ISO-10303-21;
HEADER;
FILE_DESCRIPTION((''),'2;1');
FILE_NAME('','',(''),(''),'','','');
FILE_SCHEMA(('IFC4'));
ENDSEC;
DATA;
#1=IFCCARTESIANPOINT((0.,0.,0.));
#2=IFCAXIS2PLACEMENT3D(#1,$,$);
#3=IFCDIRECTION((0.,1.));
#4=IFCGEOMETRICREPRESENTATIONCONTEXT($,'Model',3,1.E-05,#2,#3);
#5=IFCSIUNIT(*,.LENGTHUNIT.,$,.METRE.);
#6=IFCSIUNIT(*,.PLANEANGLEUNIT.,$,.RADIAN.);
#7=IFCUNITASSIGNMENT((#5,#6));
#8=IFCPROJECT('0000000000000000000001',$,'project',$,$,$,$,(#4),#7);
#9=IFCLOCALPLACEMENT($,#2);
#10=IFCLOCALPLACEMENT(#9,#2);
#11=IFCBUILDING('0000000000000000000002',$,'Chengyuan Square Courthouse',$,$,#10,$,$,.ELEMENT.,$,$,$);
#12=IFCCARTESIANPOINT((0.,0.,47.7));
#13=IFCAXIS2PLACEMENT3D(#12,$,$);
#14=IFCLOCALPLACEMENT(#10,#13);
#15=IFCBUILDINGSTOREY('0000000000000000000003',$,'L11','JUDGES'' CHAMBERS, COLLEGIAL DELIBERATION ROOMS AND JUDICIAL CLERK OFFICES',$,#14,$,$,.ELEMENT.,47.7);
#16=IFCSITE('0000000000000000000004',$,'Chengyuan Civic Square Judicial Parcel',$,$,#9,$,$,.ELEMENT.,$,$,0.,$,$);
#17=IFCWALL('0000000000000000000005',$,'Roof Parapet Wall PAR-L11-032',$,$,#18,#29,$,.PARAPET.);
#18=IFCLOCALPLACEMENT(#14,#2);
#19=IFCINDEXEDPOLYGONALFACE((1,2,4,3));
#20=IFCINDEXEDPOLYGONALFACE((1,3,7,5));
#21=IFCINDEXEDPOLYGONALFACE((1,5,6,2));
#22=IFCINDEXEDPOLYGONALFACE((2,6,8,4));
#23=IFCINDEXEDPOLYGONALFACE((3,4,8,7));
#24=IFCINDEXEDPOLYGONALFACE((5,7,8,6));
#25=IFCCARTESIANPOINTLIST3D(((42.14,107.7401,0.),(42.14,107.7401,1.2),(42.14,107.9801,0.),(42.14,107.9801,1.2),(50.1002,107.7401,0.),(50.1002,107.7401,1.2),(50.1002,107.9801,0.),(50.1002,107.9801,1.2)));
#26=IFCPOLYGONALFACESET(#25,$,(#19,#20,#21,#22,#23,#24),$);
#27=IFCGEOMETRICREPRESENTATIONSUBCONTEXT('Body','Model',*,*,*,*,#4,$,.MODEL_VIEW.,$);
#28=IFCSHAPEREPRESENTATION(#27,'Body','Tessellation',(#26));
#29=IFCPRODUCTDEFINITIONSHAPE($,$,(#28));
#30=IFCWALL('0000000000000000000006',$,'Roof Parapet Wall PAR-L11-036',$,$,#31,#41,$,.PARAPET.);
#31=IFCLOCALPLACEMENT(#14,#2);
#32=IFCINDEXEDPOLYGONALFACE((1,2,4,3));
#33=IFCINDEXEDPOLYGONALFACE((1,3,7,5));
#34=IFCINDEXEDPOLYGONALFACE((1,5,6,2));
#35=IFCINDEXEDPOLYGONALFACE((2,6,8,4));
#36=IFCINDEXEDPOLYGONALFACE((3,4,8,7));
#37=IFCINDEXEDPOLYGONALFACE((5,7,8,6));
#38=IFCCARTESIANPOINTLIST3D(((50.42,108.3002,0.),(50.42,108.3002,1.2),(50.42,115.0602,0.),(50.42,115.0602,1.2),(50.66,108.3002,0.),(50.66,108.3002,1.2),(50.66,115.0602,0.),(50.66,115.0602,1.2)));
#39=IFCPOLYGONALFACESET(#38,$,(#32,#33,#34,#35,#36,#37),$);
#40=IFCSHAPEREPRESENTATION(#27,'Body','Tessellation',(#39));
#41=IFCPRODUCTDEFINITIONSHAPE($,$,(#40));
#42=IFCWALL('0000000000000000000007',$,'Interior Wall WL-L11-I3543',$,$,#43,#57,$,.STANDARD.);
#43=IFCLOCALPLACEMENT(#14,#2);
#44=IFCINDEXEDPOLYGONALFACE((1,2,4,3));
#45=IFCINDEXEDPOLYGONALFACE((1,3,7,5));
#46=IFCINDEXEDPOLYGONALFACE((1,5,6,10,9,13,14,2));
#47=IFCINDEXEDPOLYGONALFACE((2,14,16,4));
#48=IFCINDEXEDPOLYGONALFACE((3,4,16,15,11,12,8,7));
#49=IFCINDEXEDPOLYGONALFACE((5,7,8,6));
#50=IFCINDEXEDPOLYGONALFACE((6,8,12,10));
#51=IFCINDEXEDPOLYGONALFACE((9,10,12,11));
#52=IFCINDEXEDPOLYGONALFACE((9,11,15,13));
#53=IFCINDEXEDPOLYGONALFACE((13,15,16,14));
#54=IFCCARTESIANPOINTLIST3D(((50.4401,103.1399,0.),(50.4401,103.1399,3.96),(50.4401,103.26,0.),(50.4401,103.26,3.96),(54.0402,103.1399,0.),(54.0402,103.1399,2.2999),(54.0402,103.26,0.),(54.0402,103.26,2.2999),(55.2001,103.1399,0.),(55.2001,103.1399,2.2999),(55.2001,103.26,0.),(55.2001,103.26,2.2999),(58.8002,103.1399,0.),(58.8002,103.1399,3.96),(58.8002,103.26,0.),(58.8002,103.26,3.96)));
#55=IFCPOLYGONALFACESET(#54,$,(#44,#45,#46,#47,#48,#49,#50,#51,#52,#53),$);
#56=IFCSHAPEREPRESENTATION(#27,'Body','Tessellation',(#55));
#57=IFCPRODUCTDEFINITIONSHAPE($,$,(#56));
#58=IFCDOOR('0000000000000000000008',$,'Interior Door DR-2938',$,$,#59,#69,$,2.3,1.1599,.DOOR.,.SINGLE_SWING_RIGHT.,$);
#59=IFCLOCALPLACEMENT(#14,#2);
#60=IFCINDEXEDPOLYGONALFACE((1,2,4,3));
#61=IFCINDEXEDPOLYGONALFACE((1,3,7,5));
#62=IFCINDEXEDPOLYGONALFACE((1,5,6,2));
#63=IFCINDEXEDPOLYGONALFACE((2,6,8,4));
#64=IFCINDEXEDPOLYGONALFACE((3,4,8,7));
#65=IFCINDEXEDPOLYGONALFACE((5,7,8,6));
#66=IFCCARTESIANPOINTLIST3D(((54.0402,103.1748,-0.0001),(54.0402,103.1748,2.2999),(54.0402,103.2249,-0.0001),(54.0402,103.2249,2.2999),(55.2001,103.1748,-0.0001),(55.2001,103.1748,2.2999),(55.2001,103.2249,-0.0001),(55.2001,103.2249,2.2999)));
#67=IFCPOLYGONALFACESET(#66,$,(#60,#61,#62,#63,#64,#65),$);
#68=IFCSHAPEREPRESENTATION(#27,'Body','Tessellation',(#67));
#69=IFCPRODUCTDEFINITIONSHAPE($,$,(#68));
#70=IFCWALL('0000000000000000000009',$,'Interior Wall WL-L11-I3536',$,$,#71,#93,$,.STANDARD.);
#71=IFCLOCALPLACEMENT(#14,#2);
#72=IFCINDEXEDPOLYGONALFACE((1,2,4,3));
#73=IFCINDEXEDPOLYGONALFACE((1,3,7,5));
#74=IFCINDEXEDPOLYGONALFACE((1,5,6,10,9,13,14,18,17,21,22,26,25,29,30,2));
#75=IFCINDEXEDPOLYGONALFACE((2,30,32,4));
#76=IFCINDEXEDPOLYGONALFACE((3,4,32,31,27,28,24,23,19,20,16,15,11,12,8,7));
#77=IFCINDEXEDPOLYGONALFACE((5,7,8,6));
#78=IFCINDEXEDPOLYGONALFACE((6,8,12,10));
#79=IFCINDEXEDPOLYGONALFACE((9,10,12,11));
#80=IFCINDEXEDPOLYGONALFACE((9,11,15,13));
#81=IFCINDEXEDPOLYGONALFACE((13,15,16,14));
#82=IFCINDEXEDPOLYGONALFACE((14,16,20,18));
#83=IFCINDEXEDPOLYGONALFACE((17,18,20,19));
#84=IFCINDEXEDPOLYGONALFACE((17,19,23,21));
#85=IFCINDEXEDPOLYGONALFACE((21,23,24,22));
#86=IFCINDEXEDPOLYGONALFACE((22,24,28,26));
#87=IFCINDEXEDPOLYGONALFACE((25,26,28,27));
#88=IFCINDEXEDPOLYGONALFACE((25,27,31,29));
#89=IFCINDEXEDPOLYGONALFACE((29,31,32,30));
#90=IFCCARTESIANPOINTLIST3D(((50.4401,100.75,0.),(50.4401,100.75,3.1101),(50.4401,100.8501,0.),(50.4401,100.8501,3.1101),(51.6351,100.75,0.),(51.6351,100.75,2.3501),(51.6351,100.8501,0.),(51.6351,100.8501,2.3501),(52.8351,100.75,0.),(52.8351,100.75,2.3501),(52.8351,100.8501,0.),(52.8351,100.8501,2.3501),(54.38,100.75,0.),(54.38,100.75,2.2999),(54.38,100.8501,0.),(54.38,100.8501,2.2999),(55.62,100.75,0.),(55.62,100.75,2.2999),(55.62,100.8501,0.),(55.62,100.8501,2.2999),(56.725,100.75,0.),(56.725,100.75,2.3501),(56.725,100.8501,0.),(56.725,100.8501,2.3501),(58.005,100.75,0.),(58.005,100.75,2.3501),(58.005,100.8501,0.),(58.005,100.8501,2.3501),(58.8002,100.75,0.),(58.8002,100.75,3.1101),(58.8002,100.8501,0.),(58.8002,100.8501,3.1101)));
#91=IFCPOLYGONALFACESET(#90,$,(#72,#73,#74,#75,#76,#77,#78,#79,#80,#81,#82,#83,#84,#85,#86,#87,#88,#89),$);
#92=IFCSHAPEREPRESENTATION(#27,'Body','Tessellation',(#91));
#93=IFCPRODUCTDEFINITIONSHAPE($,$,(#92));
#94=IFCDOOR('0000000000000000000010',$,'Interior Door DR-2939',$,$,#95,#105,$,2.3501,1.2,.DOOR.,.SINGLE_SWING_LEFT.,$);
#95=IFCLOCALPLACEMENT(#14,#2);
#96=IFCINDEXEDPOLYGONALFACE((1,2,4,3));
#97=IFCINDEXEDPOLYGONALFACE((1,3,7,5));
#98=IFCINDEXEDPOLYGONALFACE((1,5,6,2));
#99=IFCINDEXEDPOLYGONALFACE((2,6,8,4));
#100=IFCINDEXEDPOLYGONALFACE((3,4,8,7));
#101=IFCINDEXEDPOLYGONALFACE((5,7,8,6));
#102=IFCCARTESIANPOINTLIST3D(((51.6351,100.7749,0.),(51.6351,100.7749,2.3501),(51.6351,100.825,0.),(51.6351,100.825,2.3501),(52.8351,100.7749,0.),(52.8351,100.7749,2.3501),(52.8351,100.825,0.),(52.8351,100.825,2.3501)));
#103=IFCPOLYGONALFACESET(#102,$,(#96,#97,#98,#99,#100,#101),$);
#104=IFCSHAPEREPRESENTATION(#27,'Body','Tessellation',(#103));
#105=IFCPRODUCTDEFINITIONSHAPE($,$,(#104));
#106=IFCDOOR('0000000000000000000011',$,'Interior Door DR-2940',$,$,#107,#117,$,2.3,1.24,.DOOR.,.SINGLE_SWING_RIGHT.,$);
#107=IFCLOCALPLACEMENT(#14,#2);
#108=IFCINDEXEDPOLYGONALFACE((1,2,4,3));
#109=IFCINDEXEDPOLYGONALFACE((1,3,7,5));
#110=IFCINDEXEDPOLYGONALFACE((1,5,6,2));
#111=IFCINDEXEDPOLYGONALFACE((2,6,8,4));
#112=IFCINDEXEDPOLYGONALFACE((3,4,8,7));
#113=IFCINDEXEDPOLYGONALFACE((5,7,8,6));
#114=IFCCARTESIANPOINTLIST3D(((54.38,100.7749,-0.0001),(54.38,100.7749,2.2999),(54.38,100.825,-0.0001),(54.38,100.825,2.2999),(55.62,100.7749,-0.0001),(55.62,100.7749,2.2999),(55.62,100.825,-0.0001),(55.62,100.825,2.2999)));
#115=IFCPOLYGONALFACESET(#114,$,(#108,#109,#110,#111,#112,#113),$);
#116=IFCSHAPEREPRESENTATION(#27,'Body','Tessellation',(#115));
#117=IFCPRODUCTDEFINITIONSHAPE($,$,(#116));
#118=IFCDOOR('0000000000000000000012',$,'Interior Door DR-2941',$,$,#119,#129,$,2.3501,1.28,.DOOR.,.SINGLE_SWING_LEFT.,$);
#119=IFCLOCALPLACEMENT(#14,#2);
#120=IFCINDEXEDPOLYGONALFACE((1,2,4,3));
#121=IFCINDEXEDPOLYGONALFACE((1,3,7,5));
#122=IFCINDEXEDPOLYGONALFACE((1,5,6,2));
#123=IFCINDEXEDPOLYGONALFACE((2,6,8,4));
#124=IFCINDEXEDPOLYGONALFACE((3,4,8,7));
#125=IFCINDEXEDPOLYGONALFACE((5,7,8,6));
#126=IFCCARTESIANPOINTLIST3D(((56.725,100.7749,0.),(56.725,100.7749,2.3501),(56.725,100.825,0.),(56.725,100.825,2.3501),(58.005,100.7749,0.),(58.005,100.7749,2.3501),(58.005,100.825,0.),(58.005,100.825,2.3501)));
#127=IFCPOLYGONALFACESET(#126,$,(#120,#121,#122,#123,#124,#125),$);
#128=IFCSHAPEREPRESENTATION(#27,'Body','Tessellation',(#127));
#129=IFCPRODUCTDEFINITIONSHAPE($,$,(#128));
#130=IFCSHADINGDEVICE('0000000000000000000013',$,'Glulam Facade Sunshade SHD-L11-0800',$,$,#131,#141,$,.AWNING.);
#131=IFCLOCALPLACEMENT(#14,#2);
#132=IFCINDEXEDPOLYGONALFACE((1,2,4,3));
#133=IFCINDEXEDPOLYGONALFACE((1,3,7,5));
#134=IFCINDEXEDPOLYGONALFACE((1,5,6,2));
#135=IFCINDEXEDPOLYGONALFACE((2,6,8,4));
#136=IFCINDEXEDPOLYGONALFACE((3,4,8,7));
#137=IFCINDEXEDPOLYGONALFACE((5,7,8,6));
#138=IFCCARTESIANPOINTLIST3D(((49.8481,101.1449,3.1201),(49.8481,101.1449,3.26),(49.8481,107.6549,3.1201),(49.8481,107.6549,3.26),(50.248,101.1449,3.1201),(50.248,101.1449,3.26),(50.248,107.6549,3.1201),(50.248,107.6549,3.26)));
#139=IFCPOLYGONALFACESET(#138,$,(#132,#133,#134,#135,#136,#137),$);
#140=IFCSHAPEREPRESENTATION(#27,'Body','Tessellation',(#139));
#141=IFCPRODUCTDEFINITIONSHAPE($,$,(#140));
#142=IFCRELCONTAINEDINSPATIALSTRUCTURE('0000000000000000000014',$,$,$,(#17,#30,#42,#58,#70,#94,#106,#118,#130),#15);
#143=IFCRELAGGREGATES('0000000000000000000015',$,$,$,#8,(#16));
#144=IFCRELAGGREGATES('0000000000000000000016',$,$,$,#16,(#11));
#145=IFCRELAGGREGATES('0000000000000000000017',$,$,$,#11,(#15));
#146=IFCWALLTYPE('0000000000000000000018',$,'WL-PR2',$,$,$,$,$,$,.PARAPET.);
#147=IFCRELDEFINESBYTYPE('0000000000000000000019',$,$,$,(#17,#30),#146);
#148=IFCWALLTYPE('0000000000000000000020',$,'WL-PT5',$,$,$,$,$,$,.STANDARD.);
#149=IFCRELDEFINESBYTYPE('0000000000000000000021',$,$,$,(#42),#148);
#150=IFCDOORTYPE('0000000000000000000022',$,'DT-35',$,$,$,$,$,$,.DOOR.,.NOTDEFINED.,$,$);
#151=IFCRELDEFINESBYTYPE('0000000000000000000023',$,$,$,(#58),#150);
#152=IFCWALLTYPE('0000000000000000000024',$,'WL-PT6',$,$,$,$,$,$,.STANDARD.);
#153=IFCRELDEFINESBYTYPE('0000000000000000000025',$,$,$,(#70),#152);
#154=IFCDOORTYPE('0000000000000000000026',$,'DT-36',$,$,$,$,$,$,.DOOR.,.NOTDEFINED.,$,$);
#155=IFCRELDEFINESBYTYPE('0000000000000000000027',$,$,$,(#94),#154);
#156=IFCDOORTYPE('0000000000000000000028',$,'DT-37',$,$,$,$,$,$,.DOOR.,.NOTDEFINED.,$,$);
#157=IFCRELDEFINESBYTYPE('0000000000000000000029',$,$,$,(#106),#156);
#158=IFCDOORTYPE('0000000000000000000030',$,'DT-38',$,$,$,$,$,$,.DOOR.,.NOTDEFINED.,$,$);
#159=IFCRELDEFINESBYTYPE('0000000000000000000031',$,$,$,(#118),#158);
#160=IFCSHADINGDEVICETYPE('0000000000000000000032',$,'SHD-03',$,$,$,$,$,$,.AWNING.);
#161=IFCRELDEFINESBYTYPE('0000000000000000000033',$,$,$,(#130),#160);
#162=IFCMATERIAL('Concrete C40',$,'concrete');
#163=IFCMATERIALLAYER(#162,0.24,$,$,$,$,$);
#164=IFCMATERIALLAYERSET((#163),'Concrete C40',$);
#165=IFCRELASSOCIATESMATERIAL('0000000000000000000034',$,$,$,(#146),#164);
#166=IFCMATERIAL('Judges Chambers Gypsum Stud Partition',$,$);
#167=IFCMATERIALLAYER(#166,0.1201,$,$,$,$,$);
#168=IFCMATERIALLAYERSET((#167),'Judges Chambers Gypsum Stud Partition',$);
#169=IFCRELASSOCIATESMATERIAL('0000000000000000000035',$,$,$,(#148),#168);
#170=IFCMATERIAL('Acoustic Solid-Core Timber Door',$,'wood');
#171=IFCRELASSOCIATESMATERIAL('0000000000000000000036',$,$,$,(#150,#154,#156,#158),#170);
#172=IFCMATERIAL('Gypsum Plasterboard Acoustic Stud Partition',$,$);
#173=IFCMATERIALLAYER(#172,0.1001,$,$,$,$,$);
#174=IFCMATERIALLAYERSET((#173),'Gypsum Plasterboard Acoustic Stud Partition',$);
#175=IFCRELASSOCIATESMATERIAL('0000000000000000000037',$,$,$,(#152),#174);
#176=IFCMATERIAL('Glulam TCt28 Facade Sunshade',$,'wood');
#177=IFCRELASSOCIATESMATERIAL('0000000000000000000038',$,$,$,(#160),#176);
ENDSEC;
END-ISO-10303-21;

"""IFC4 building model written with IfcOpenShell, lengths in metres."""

from ifc_helpers import new_model, si_unit, direction, frame, frame_2d, origin, origin_2d, place, context, subcontext, project, spatial, rectangle, extrude, material, layer, layer_set, type_object, element, fill, save


model = new_model("IFC4")

# Units and contexts
model_context = context("Model", 3, precision=1e-05, world=origin(), true_north=direction((0.0, 1.0)))
body_context = subcontext(model_context, "Body", "Model", "MODEL_VIEW")
ifc_project = project(units=[si_unit("LENGTHUNIT", "METRE"), si_unit("PLANEANGLEUNIT", "RADIAN")], contexts=[model_context])

# Site, building, storey
site_placement = place(None, origin())
site = spatial("IfcSite", under=ifc_project, at=site_placement, Name="Chengyuan Civic Square Judicial Parcel", CompositionType="ELEMENT", RefElevation=0.0)
building_placement = place(site_placement, origin())
building = spatial("IfcBuilding", under=site, at=building_placement, Name="Chengyuan Square Courthouse", CompositionType="ELEMENT")
storey_placement = place(building_placement, frame((0.0, 0.0, 47.7)))
storey = spatial("IfcBuildingStorey", under=building, at=storey_placement, Name="L11", Description="JUDGES' CHAMBERS, COLLEGIAL DELIBERATION ROOMS AND JUDICIAL CLERK OFFICES", CompositionType="ELEMENT", Elevation=47.7)

# Shared definitions
ifc_material_1 = material(Name="Concrete C40", Category="concrete")

# Walls
ifc_layer_1 = layer(ifc_material_1, 0.24)
ifc_layer_set_1 = layer_set([ifc_layer_1], Name="Concrete C40")
wall_type_1 = type_object("IfcWallType", Name="WL-PR2", PredefinedType="PARAPET", material=ifc_layer_set_1)
wall_1_placement = place(storey_placement, frame((50.1001, 107.8601, 0.0), z_axis=(0.0, 0.0, 1.0), x_axis=(-1.0, 0.0, 0.0)))
element("IfcWall", 1, at=wall_1_placement, inside=storey, type_object=wall_type_1, Name="Roof Parapet Wall PAR-L11-032", PredefinedType="PARAPET", context=body_context, shape_type="SweptSolid", body=[
    extrude(rectangle(XDim=7.9602, YDim=0.24, at=frame_2d((3.98, 0.0))), origin(), (0.0, 0.0, 1.0), 1.2),
])
wall_2_placement = place(storey_placement, frame((50.54, 115.0601, 0.0), z_axis=(0.0, 0.0, 1.0), x_axis=(0.0, -1.0, 0.0)))
element("IfcWall", 2, at=wall_2_placement, inside=storey, type_object=wall_type_1, Name="Roof Parapet Wall PAR-L11-036", PredefinedType="PARAPET", context=body_context, shape_type="SweptSolid", body=[
    extrude(rectangle(XDim=6.76, YDim=0.24, at=frame_2d((3.3799, 0.0))), origin(), (0.0, 0.0, 1.0), 1.2),
])

# Wall, opening, door
ifc_material_2 = material(Name="Judges Chambers Gypsum Stud Partition")
ifc_layer_2 = layer(ifc_material_2, 0.1201)
ifc_layer_set_2 = layer_set([ifc_layer_2], Name="Judges Chambers Gypsum Stud Partition")
wall_type_2 = type_object("IfcWallType", Name="WL-PT5", PredefinedType="STANDARD", material=ifc_layer_set_2)
wall_3_placement = place(storey_placement, frame((50.4399, 103.2, 0.0), z_axis=(0.0, 0.0, 1.0), x_axis=(1.0, 0.0, 0.0)))
wall_3 = element("IfcWall", 3, at=wall_3_placement, inside=storey, type_object=wall_type_2, Name="Interior Wall WL-L11-I3543", PredefinedType="STANDARD", context=body_context, shape_type="SweptSolid", body=[
    extrude(rectangle(XDim=8.3601, YDim=0.1201, at=frame_2d((4.1802, 0.0))), origin(), (0.0, 0.0, 1.0), 3.96),
])
opening_1_placement = place(wall_3_placement, frame((3.6001, 0.0, 0.0)))
opening_1 = element("IfcOpeningElement", 4, at=opening_1_placement, cuts=wall_3, PredefinedType="OPENING", context=body_context, shape_type="SweptSolid", body=[
    extrude(rectangle(XDim=1.1599, YDim=2.3, at=frame_2d((0.5801, 1.1499))), frame((0.0, 0.072, 0.0), z_axis=(0.0, -1.0, 0.0), x_axis=(1.0, 0.0, 0.0)), (0.0, 0.0, 1.0), 0.144),
])
ifc_material_3 = material(Name="Acoustic Solid-Core Timber Door", Category="wood")
door_type_1 = type_object("IfcDoorType", Name="DT-35", OperationType="NOTDEFINED", PredefinedType="DOOR", material=ifc_material_3)
door_1_placement = place(opening_1_placement, origin())
door_1 = element("IfcDoor", 5, at=door_1_placement, inside=storey, type_object=door_type_1, Name="Interior Door DR-2938", OperationType="SINGLE_SWING_RIGHT", OverallHeight=2.3, OverallWidth=1.1599, PredefinedType="DOOR", context=body_context, shape_type="SweptSolid", body=[
    extrude(rectangle(XDim=1.1599, YDim=2.3, at=frame_2d((0.5801, 1.1499))), frame((0.0, 0.0249, 0.0), z_axis=(0.0, -1.0, 0.0), x_axis=(1.0, 0.0, 0.0)), (0.0, 0.0, 1.0), 0.05),
])
fill(opening_1, door_1)

# Wall, openings, doors
ifc_material_4 = material(Name="Gypsum Plasterboard Acoustic Stud Partition")
ifc_layer_3 = layer(ifc_material_4, 0.1001)
ifc_layer_set_3 = layer_set([ifc_layer_3], Name="Gypsum Plasterboard Acoustic Stud Partition")
wall_type_3 = type_object("IfcWallType", Name="WL-PT6", PredefinedType="STANDARD", material=ifc_layer_set_3)
wall_4_placement = place(storey_placement, frame((50.4399, 100.8, 0.0), z_axis=(0.0, 0.0, 1.0), x_axis=(1.0, 0.0, 0.0)))
wall_4 = element("IfcWall", 6, at=wall_4_placement, inside=storey, type_object=wall_type_3, Name="Interior Wall WL-L11-I3536", PredefinedType="STANDARD", context=body_context, shape_type="SweptSolid", body=[
    extrude(rectangle(XDim=8.3601, YDim=0.1001, at=frame_2d((4.1802, 0.0))), origin(), (0.0, 0.0, 1.0), 3.1101),
])
opening_2_placement = place(wall_4_placement, frame((1.1951, 0.0, 0.0)))
opening_2 = element("IfcOpeningElement", 7, at=opening_2_placement, cuts=wall_4, PredefinedType="OPENING", context=body_context, shape_type="SweptSolid", body=[
    extrude(rectangle(XDim=1.2, YDim=2.3501, at=frame_2d((0.6001, 1.175))), frame((0.0, 0.062, 0.0), z_axis=(0.0, -1.0, 0.0), x_axis=(1.0, 0.0, 0.0)), (0.0, 0.0, 1.0), 0.124),
])
opening_3_placement = place(wall_4_placement, frame((3.9399, 0.0, 0.0)))
opening_3 = element("IfcOpeningElement", 8, at=opening_3_placement, cuts=wall_4, PredefinedType="OPENING", context=body_context, shape_type="SweptSolid", body=[
    extrude(rectangle(XDim=1.24, YDim=2.3, at=frame_2d((0.6201, 1.1499))), frame((0.0, 0.062, 0.0), z_axis=(0.0, -1.0, 0.0), x_axis=(1.0, 0.0, 0.0)), (0.0, 0.0, 1.0), 0.124),
])
opening_4_placement = place(wall_4_placement, frame((6.2849, 0.0, 0.0)))
opening_4 = element("IfcOpeningElement", 9, at=opening_4_placement, cuts=wall_4, PredefinedType="OPENING", context=body_context, shape_type="SweptSolid", body=[
    extrude(rectangle(XDim=1.28, YDim=2.3501, at=frame_2d((0.6401, 1.175))), frame((0.0, 0.062, 0.0), z_axis=(0.0, -1.0, 0.0), x_axis=(1.0, 0.0, 0.0)), (0.0, 0.0, 1.0), 0.124),
])
door_type_2 = type_object("IfcDoorType", Name="DT-36", OperationType="NOTDEFINED", PredefinedType="DOOR", material=ifc_material_3)
door_2_placement = place(opening_2_placement, origin())
door_2 = element("IfcDoor", 10, at=door_2_placement, inside=storey, type_object=door_type_2, Name="Interior Door DR-2939", OperationType="SINGLE_SWING_LEFT", OverallHeight=2.3501, OverallWidth=1.2, PredefinedType="DOOR", context=body_context, shape_type="SweptSolid", body=[
    extrude(rectangle(XDim=1.2, YDim=2.3501, at=frame_2d((0.6001, 1.175))), frame((0.0, 0.0249, 0.0), z_axis=(0.0, -1.0, 0.0), x_axis=(1.0, 0.0, 0.0)), (0.0, 0.0, 1.0), 0.05),
])
fill(opening_2, door_2)
door_type_3 = type_object("IfcDoorType", Name="DT-37", OperationType="NOTDEFINED", PredefinedType="DOOR", material=ifc_material_3)
door_3_placement = place(opening_3_placement, origin())
door_3 = element("IfcDoor", 11, at=door_3_placement, inside=storey, type_object=door_type_3, Name="Interior Door DR-2940", OperationType="SINGLE_SWING_RIGHT", OverallHeight=2.3, OverallWidth=1.24, PredefinedType="DOOR", context=body_context, shape_type="SweptSolid", body=[
    extrude(rectangle(XDim=1.24, YDim=2.3, at=frame_2d((0.6201, 1.1499))), frame((0.0, 0.0249, 0.0), z_axis=(0.0, -1.0, 0.0), x_axis=(1.0, 0.0, 0.0)), (0.0, 0.0, 1.0), 0.05),
])
fill(opening_3, door_3)
door_type_4 = type_object("IfcDoorType", Name="DT-38", OperationType="NOTDEFINED", PredefinedType="DOOR", material=ifc_material_3)
door_4_placement = place(opening_4_placement, origin())
door_4 = element("IfcDoor", 12, at=door_4_placement, inside=storey, type_object=door_type_4, Name="Interior Door DR-2941", OperationType="SINGLE_SWING_LEFT", OverallHeight=2.3501, OverallWidth=1.28, PredefinedType="DOOR", context=body_context, shape_type="SweptSolid", body=[
    extrude(rectangle(XDim=1.28, YDim=2.3501, at=frame_2d((0.6401, 1.175))), frame((0.0, 0.0249, 0.0), z_axis=(0.0, -1.0, 0.0), x_axis=(1.0, 0.0, 0.0)), (0.0, 0.0, 1.0), 0.05),
])
fill(opening_4, door_4)

# Shading device
ifc_material_5 = material(Name="Glulam TCt28 Facade Sunshade", Category="wood")
shading_device_type = type_object("IfcShadingDeviceType", Name="SHD-03", PredefinedType="AWNING", material=ifc_material_5)
shading_device_placement = place(storey_placement, frame((50.0481, 104.3999, 3.1201), z_axis=(0.0, 0.0, 1.0), x_axis=(0.0, 1.0, 0.0)))
element("IfcShadingDevice", 13, at=shading_device_placement, inside=storey, type_object=shading_device_type, Name="Glulam Facade Sunshade SHD-L11-0800", PredefinedType="AWNING", context=body_context, shape_type="SweptSolid", body=[
    extrude(rectangle(XDim=6.51, YDim=0.3999, at=origin_2d()), origin(), (0.0, 0.0, 1.0), 0.1399),
])

save(model, "model.ifc")
